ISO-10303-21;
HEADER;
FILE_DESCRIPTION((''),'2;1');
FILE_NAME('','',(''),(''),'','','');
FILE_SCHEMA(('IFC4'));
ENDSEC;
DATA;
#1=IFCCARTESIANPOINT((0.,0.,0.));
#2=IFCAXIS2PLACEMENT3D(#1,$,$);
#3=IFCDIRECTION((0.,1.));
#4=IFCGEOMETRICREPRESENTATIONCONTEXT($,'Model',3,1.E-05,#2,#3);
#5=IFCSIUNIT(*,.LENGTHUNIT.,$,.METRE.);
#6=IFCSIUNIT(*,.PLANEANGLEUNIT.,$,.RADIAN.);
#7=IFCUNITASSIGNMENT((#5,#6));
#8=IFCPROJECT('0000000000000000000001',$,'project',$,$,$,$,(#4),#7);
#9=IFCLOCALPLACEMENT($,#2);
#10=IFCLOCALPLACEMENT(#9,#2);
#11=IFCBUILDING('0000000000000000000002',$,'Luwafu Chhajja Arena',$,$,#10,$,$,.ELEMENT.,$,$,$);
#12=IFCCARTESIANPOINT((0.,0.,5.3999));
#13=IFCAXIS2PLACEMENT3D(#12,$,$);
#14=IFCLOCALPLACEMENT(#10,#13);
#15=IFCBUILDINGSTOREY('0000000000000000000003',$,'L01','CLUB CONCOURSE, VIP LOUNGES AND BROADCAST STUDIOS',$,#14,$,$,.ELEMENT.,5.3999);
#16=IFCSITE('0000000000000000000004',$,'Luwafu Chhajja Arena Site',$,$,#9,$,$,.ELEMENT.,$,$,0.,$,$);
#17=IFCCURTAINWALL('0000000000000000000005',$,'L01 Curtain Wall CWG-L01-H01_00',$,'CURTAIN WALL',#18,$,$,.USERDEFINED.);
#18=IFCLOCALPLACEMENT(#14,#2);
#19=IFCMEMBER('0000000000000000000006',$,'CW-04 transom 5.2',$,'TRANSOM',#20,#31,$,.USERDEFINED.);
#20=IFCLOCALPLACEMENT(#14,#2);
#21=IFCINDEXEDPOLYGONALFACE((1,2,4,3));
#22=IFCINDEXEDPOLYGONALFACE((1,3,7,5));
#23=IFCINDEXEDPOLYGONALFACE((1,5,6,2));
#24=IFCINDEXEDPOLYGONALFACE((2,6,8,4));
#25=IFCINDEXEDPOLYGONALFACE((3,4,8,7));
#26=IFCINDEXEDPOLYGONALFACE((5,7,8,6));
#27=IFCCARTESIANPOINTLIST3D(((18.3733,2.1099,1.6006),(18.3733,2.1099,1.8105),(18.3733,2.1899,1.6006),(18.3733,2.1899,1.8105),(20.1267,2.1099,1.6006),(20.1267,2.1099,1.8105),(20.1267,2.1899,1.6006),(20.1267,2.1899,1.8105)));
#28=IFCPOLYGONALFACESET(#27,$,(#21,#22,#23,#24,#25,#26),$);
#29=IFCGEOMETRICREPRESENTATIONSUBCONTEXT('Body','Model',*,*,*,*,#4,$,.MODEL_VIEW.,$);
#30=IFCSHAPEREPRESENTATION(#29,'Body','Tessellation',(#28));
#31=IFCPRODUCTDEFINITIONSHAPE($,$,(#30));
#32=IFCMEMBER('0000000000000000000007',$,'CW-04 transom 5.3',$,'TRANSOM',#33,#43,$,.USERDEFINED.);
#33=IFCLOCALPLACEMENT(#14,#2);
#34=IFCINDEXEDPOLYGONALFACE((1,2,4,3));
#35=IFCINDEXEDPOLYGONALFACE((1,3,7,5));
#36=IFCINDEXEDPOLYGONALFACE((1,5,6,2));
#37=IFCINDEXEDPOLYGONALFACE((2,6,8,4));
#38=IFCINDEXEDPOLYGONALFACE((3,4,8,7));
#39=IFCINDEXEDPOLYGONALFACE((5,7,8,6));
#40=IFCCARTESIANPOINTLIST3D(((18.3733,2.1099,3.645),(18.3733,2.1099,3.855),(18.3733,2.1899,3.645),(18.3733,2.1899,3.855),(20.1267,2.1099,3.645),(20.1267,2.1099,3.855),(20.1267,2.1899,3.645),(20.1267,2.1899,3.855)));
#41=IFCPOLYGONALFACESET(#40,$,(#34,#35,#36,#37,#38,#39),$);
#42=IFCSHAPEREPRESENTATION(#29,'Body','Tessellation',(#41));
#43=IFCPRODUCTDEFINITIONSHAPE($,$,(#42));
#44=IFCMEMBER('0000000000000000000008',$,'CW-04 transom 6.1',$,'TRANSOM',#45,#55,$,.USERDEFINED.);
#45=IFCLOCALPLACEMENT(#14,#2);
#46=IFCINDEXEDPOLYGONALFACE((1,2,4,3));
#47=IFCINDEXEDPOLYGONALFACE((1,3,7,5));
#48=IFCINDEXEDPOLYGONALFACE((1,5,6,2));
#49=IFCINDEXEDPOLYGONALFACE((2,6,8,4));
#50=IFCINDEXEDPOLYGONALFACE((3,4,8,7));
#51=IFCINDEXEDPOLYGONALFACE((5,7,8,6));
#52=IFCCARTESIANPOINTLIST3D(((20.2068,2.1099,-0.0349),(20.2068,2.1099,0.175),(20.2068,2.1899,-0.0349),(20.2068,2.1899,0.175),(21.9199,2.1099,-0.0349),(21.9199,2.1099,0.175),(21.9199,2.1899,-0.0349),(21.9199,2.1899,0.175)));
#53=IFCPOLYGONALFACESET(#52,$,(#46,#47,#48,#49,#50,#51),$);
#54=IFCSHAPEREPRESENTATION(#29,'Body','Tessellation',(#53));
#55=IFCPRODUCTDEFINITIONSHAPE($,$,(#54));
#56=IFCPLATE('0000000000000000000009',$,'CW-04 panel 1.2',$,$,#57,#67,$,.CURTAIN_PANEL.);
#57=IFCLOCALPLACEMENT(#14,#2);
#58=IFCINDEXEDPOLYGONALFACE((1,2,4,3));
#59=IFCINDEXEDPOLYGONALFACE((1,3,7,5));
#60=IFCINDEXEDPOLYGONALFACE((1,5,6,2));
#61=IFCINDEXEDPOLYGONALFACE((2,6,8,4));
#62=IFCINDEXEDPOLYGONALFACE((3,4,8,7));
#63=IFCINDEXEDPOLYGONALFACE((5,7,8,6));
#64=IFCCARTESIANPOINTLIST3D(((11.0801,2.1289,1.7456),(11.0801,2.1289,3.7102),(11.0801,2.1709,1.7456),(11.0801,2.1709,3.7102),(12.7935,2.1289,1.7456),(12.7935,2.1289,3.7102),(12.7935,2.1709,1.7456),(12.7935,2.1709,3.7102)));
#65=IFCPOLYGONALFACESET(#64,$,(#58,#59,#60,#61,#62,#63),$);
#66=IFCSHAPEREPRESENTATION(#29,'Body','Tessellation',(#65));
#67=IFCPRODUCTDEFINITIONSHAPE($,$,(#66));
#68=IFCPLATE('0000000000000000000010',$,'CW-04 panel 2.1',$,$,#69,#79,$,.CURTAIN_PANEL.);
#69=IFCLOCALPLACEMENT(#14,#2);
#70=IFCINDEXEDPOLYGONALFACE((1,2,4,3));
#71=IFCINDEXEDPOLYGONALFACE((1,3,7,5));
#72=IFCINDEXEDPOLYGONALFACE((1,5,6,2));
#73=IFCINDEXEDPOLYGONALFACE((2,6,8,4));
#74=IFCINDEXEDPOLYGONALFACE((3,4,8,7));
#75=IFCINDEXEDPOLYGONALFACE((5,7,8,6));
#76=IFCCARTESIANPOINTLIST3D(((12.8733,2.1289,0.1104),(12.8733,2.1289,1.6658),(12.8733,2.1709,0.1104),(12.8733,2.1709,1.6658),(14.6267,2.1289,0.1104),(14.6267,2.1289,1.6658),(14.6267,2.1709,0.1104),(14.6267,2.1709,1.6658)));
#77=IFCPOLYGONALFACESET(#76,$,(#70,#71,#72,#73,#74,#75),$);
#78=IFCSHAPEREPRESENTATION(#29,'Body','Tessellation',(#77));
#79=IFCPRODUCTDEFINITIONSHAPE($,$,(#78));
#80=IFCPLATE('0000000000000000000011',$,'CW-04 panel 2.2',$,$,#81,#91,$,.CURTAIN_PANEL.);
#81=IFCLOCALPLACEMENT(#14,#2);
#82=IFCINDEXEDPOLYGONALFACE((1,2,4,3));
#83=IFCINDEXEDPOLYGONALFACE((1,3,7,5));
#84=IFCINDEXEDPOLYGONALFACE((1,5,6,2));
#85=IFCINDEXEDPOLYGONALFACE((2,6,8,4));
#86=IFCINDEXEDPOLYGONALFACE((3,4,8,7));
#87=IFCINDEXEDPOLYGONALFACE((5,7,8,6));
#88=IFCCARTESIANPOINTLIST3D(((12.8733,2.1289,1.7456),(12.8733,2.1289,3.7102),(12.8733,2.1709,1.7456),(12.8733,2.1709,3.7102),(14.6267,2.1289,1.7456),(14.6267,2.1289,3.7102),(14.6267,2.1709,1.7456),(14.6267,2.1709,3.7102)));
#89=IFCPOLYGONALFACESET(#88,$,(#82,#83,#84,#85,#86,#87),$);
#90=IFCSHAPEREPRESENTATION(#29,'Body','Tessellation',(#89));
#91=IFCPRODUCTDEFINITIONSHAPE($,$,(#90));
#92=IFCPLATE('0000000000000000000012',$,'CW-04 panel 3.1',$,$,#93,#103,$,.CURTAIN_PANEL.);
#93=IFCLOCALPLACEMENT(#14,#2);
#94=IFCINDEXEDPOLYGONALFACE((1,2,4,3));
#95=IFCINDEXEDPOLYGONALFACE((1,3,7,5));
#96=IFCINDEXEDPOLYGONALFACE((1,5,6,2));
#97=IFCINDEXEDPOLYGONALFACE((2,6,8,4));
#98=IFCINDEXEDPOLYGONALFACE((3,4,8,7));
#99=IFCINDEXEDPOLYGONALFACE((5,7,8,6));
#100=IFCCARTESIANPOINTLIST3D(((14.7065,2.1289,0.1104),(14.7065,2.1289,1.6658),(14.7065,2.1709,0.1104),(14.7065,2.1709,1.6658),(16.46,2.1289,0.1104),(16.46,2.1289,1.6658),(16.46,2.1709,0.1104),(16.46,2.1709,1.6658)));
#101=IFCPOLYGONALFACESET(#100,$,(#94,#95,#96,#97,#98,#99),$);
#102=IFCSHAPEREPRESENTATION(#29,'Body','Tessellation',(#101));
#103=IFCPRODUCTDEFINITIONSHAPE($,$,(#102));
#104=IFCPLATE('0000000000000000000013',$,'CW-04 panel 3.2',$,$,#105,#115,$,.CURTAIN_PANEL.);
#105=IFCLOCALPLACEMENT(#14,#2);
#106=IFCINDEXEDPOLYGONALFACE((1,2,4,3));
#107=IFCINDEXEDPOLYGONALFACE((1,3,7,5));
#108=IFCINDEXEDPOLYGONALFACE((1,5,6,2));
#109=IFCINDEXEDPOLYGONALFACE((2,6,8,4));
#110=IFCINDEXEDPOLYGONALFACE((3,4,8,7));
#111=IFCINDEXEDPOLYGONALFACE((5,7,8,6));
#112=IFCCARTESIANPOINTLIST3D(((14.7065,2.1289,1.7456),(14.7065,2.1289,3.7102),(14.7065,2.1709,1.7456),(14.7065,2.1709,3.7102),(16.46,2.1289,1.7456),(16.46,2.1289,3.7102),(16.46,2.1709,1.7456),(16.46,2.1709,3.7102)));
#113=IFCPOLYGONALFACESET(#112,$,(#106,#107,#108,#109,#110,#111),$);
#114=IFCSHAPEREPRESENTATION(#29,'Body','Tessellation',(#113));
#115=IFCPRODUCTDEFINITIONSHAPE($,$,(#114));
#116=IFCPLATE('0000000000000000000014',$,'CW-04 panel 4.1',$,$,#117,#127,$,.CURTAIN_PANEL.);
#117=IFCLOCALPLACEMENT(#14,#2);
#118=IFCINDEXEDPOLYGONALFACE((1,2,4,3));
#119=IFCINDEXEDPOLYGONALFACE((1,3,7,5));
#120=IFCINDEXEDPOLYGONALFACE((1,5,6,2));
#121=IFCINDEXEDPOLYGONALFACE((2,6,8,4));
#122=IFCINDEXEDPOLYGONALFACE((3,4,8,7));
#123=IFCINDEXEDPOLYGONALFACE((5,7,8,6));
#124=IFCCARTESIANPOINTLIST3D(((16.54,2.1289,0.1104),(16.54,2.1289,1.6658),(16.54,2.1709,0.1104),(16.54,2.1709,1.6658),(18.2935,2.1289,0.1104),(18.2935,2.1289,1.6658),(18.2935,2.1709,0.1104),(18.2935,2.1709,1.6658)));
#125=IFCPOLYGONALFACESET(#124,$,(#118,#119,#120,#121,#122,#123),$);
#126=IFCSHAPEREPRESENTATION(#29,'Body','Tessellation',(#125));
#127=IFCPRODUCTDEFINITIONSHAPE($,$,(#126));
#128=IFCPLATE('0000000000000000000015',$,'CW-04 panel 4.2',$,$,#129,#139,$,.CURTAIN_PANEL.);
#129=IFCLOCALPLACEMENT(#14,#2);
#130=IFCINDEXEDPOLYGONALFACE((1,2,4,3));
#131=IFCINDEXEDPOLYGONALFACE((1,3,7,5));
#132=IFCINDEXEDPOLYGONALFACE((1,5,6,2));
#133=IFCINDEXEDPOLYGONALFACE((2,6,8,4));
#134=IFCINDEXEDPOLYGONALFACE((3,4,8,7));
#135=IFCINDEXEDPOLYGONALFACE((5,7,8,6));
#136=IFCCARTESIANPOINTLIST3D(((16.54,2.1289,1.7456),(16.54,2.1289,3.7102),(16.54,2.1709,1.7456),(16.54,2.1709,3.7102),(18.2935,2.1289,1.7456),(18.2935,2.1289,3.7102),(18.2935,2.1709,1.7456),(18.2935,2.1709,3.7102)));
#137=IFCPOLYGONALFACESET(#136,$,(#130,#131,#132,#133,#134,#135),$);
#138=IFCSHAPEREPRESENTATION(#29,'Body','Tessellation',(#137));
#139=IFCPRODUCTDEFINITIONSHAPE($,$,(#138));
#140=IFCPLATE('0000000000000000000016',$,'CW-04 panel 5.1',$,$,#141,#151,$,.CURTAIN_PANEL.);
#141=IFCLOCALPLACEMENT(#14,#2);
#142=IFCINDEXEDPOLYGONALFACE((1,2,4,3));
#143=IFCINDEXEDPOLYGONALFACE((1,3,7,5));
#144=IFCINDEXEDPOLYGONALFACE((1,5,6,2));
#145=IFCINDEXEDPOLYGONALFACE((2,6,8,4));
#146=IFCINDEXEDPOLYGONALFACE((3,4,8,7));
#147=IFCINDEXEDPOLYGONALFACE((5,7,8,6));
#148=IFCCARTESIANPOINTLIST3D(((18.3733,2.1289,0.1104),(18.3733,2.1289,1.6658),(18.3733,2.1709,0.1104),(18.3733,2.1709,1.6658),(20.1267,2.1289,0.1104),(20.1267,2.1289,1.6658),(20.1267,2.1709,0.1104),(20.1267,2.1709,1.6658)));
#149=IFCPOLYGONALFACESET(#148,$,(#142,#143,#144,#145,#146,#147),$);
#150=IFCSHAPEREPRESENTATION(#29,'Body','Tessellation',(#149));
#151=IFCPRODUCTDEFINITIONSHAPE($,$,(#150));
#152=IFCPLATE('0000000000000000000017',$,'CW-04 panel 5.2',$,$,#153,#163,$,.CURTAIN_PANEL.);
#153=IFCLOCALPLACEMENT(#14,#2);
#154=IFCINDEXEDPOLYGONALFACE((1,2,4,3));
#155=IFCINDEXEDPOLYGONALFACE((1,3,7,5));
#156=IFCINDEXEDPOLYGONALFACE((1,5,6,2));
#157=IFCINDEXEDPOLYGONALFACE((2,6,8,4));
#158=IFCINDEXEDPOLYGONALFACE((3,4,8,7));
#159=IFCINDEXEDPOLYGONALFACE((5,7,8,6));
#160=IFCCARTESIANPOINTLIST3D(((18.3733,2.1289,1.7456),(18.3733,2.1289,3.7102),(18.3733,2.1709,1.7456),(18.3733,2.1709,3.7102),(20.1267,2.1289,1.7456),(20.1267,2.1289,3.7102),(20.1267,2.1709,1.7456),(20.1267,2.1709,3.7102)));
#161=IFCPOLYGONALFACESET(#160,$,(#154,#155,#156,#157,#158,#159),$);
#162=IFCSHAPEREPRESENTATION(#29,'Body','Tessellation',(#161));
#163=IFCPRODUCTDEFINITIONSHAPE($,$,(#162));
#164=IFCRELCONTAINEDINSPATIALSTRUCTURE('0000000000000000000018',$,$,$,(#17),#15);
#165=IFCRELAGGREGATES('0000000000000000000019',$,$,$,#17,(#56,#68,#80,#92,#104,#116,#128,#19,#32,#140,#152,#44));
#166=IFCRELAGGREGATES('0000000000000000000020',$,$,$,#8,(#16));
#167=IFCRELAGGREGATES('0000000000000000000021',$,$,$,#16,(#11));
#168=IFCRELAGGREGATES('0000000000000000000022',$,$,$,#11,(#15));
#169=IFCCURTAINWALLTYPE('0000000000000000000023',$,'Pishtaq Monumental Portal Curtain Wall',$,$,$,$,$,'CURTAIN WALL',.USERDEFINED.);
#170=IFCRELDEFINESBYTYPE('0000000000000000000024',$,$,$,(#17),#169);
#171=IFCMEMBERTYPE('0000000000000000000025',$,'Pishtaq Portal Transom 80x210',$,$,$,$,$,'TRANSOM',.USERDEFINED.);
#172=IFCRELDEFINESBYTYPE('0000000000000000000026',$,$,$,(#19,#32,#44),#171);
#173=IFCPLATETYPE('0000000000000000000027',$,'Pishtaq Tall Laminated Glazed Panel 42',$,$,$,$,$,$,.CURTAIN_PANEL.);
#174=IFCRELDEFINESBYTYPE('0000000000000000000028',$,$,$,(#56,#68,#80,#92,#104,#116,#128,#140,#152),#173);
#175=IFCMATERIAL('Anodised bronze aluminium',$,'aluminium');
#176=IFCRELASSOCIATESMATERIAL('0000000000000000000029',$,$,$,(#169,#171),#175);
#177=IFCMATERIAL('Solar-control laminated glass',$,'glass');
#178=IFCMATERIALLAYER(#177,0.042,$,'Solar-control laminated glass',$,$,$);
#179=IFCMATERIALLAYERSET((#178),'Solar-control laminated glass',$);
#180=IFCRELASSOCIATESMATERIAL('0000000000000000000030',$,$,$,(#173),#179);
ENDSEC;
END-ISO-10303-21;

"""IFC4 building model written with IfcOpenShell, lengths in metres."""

from ifc_helpers import new_model, si_unit, direction, frame, origin, origin_2d, place, context, subcontext, project, spatial, rectangle, extrude, material, layer, layer_set, material_profile, profile_set, type_object, element, aggregate, save


model = new_model("IFC4")

# Units and contexts
model_context = context("Model", 3, precision=1e-05, world=origin(), true_north=direction((0.0, 1.0)))
body_context = subcontext(model_context, "Body", "Model", "MODEL_VIEW")
ifc_project = project(units=[si_unit("LENGTHUNIT", "METRE"), si_unit("PLANEANGLEUNIT", "RADIAN")], contexts=[model_context])

# Site, building, storey
site_placement = place(None, origin())
site = spatial("IfcSite", under=ifc_project, at=site_placement, Name="Luwafu Chhajja Arena Site", CompositionType="ELEMENT", RefElevation=0.0)
building_placement = place(site_placement, origin())
building = spatial("IfcBuilding", under=site, at=building_placement, Name="Luwafu Chhajja Arena", CompositionType="ELEMENT")
storey_placement = place(building_placement, frame((0.0, 0.0, 5.3999)))
storey = spatial("IfcBuildingStorey", under=building, at=storey_placement, Name="L01", Description="CLUB CONCOURSE, VIP LOUNGES AND BROADCAST STUDIOS", CompositionType="ELEMENT", Elevation=5.3999)

# Curtain wall, members, plates
ifc_material_1 = material(Name="Anodised bronze aluminium", Category="aluminium")
curtain_wall_type = type_object("IfcCurtainWallType", Name="Pishtaq Monumental Portal Curtain Wall", ElementType="CURTAIN WALL", PredefinedType="USERDEFINED", material=ifc_material_1)
curtain_wall_placement = place(storey_placement, origin())
curtain_wall = element("IfcCurtainWall", 1, at=curtain_wall_placement, inside=storey, type_object=curtain_wall_type, Name="L01 Curtain Wall CWG-L01-H01_00", ObjectType="CURTAIN WALL", PredefinedType="USERDEFINED")
ifc_material_profile_1 = material_profile(ifc_material_1, rectangle(XDim=0.0801, YDim=0.21, at=origin_2d()), Name="CWT 80x210")
ifc_profile_set_1 = profile_set([ifc_material_profile_1], Name="Anodised bronze aluminium")
member_type_1 = type_object("IfcMemberType", Name="Pishtaq Portal Transom 80x210", ElementType="TRANSOM", PredefinedType="USERDEFINED", material=ifc_profile_set_1)
member_1_placement = place(storey_placement, frame((18.3733, 2.1499, 1.7056), z_axis=(1.0, 0.0, 0.0), x_axis=(0.0, 1.0, 0.0)))
member_1 = element("IfcMember", 2, at=member_1_placement, type_object=member_type_1, Name="CW-04 transom 5.2", ObjectType="TRANSOM", PredefinedType="USERDEFINED", context=body_context, shape_type="SweptSolid", body=[
    extrude(rectangle(XDim=0.0801, YDim=0.21, at=origin_2d()), origin(), (0.0, 0.0, 1.0), 1.7534),
])
member_2_placement = place(storey_placement, frame((18.3733, 2.1499, 3.75), z_axis=(1.0, 0.0, 0.0), x_axis=(0.0, 1.0, 0.0)))
member_2 = element("IfcMember", 3, at=member_2_placement, type_object=member_type_1, Name="CW-04 transom 5.3", ObjectType="TRANSOM", PredefinedType="USERDEFINED", context=body_context, shape_type="SweptSolid", body=[
    extrude(rectangle(XDim=0.0801, YDim=0.21, at=origin_2d()), origin(), (0.0, 0.0, 1.0), 1.7534),
])
member_3_placement = place(storey_placement, frame((20.2068, 2.1499, 0.0701), z_axis=(1.0, 0.0, 0.0), x_axis=(0.0, 1.0, 0.0)))
member_3 = element("IfcMember", 4, at=member_3_placement, type_object=member_type_1, Name="CW-04 transom 6.1", ObjectType="TRANSOM", PredefinedType="USERDEFINED", context=body_context, shape_type="SweptSolid", body=[
    extrude(rectangle(XDim=0.0801, YDim=0.21, at=origin_2d()), origin(), (0.0, 0.0, 1.0), 1.7131),
])
ifc_material_2 = material(Name="Solar-control laminated glass", Category="glass")
ifc_layer_1 = layer(ifc_material_2, 0.042, Name="Solar-control laminated glass")
ifc_layer_set_1 = layer_set([ifc_layer_1], Name="Solar-control laminated glass")
plate_type = type_object("IfcPlateType", Name="Pishtaq Tall Laminated Glazed Panel 42", PredefinedType="CURTAIN_PANEL", material=ifc_layer_set_1)
plate_1_placement = place(storey_placement, frame((11.9368, 2.1499, 1.7456), z_axis=(0.0, 0.0, 1.0), x_axis=(1.0, 0.0, 0.0)))
plate_1 = element("IfcPlate", 5, at=plate_1_placement, type_object=plate_type, Name="CW-04 panel 1.2", PredefinedType="CURTAIN_PANEL", context=body_context, shape_type="SweptSolid", body=[
    extrude(rectangle(XDim=1.7134, YDim=0.042, at=origin_2d()), origin(), (0.0, 0.0, 1.0), 1.9646),
])
plate_2_placement = place(storey_placement, frame((13.75, 2.1499, 0.1104), z_axis=(0.0, 0.0, 1.0), x_axis=(1.0, 0.0, 0.0)))
plate_2 = element("IfcPlate", 6, at=plate_2_placement, type_object=plate_type, Name="CW-04 panel 2.1", PredefinedType="CURTAIN_PANEL", context=body_context, shape_type="SweptSolid", body=[
    extrude(rectangle(XDim=1.7534, YDim=0.042, at=origin_2d()), origin(), (0.0, 0.0, 1.0), 1.5554),
])
plate_3_placement = place(storey_placement, frame((13.75, 2.1499, 1.7456), z_axis=(0.0, 0.0, 1.0), x_axis=(1.0, 0.0, 0.0)))
plate_3 = element("IfcPlate", 7, at=plate_3_placement, type_object=plate_type, Name="CW-04 panel 2.2", PredefinedType="CURTAIN_PANEL", context=body_context, shape_type="SweptSolid", body=[
    extrude(rectangle(XDim=1.7534, YDim=0.042, at=origin_2d()), origin(), (0.0, 0.0, 1.0), 1.9646),
])
plate_4_placement = place(storey_placement, frame((15.5833, 2.1499, 0.1104), z_axis=(0.0, 0.0, 1.0), x_axis=(1.0, 0.0, 0.0)))
plate_4 = element("IfcPlate", 8, at=plate_4_placement, type_object=plate_type, Name="CW-04 panel 3.1", PredefinedType="CURTAIN_PANEL", context=body_context, shape_type="SweptSolid", body=[
    extrude(rectangle(XDim=1.7534, YDim=0.042, at=origin_2d()), origin(), (0.0, 0.0, 1.0), 1.5554),
])
plate_5_placement = place(storey_placement, frame((15.5833, 2.1499, 1.7456), z_axis=(0.0, 0.0, 1.0), x_axis=(1.0, 0.0, 0.0)))
plate_5 = element("IfcPlate", 9, at=plate_5_placement, type_object=plate_type, Name="CW-04 panel 3.2", PredefinedType="CURTAIN_PANEL", context=body_context, shape_type="SweptSolid", body=[
    extrude(rectangle(XDim=1.7534, YDim=0.042, at=origin_2d()), origin(), (0.0, 0.0, 1.0), 1.9646),
])
plate_6_placement = place(storey_placement, frame((17.4167, 2.1499, 0.1104), z_axis=(0.0, 0.0, 1.0), x_axis=(1.0, 0.0, 0.0)))
plate_6 = element("IfcPlate", 10, at=plate_6_placement, type_object=plate_type, Name="CW-04 panel 4.1", PredefinedType="CURTAIN_PANEL", context=body_context, shape_type="SweptSolid", body=[
    extrude(rectangle(XDim=1.7534, YDim=0.042, at=origin_2d()), origin(), (0.0, 0.0, 1.0), 1.5554),
])
plate_7_placement = place(storey_placement, frame((17.4167, 2.1499, 1.7456), z_axis=(0.0, 0.0, 1.0), x_axis=(1.0, 0.0, 0.0)))
plate_7 = element("IfcPlate", 11, at=plate_7_placement, type_object=plate_type, Name="CW-04 panel 4.2", PredefinedType="CURTAIN_PANEL", context=body_context, shape_type="SweptSolid", body=[
    extrude(rectangle(XDim=1.7534, YDim=0.042, at=origin_2d()), origin(), (0.0, 0.0, 1.0), 1.9646),
])
plate_8_placement = place(storey_placement, frame((19.25, 2.1499, 0.1104), z_axis=(0.0, 0.0, 1.0), x_axis=(1.0, 0.0, 0.0)))
plate_8 = element("IfcPlate", 12, at=plate_8_placement, type_object=plate_type, Name="CW-04 panel 5.1", PredefinedType="CURTAIN_PANEL", context=body_context, shape_type="SweptSolid", body=[
    extrude(rectangle(XDim=1.7534, YDim=0.042, at=origin_2d()), origin(), (0.0, 0.0, 1.0), 1.5554),
])
plate_9_placement = place(storey_placement, frame((19.25, 2.1499, 1.7456), z_axis=(0.0, 0.0, 1.0), x_axis=(1.0, 0.0, 0.0)))
plate_9 = element("IfcPlate", 13, at=plate_9_placement, type_object=plate_type, Name="CW-04 panel 5.2", PredefinedType="CURTAIN_PANEL", context=body_context, shape_type="SweptSolid", body=[
    extrude(rectangle(XDim=1.7534, YDim=0.042, at=origin_2d()), origin(), (0.0, 0.0, 1.0), 1.9646),
])
aggregate(curtain_wall, [plate_1, plate_2, plate_3, plate_4, plate_5, plate_6, plate_7, member_1, member_2, plate_8, plate_9, member_3])

save(model, "model.ifc")
